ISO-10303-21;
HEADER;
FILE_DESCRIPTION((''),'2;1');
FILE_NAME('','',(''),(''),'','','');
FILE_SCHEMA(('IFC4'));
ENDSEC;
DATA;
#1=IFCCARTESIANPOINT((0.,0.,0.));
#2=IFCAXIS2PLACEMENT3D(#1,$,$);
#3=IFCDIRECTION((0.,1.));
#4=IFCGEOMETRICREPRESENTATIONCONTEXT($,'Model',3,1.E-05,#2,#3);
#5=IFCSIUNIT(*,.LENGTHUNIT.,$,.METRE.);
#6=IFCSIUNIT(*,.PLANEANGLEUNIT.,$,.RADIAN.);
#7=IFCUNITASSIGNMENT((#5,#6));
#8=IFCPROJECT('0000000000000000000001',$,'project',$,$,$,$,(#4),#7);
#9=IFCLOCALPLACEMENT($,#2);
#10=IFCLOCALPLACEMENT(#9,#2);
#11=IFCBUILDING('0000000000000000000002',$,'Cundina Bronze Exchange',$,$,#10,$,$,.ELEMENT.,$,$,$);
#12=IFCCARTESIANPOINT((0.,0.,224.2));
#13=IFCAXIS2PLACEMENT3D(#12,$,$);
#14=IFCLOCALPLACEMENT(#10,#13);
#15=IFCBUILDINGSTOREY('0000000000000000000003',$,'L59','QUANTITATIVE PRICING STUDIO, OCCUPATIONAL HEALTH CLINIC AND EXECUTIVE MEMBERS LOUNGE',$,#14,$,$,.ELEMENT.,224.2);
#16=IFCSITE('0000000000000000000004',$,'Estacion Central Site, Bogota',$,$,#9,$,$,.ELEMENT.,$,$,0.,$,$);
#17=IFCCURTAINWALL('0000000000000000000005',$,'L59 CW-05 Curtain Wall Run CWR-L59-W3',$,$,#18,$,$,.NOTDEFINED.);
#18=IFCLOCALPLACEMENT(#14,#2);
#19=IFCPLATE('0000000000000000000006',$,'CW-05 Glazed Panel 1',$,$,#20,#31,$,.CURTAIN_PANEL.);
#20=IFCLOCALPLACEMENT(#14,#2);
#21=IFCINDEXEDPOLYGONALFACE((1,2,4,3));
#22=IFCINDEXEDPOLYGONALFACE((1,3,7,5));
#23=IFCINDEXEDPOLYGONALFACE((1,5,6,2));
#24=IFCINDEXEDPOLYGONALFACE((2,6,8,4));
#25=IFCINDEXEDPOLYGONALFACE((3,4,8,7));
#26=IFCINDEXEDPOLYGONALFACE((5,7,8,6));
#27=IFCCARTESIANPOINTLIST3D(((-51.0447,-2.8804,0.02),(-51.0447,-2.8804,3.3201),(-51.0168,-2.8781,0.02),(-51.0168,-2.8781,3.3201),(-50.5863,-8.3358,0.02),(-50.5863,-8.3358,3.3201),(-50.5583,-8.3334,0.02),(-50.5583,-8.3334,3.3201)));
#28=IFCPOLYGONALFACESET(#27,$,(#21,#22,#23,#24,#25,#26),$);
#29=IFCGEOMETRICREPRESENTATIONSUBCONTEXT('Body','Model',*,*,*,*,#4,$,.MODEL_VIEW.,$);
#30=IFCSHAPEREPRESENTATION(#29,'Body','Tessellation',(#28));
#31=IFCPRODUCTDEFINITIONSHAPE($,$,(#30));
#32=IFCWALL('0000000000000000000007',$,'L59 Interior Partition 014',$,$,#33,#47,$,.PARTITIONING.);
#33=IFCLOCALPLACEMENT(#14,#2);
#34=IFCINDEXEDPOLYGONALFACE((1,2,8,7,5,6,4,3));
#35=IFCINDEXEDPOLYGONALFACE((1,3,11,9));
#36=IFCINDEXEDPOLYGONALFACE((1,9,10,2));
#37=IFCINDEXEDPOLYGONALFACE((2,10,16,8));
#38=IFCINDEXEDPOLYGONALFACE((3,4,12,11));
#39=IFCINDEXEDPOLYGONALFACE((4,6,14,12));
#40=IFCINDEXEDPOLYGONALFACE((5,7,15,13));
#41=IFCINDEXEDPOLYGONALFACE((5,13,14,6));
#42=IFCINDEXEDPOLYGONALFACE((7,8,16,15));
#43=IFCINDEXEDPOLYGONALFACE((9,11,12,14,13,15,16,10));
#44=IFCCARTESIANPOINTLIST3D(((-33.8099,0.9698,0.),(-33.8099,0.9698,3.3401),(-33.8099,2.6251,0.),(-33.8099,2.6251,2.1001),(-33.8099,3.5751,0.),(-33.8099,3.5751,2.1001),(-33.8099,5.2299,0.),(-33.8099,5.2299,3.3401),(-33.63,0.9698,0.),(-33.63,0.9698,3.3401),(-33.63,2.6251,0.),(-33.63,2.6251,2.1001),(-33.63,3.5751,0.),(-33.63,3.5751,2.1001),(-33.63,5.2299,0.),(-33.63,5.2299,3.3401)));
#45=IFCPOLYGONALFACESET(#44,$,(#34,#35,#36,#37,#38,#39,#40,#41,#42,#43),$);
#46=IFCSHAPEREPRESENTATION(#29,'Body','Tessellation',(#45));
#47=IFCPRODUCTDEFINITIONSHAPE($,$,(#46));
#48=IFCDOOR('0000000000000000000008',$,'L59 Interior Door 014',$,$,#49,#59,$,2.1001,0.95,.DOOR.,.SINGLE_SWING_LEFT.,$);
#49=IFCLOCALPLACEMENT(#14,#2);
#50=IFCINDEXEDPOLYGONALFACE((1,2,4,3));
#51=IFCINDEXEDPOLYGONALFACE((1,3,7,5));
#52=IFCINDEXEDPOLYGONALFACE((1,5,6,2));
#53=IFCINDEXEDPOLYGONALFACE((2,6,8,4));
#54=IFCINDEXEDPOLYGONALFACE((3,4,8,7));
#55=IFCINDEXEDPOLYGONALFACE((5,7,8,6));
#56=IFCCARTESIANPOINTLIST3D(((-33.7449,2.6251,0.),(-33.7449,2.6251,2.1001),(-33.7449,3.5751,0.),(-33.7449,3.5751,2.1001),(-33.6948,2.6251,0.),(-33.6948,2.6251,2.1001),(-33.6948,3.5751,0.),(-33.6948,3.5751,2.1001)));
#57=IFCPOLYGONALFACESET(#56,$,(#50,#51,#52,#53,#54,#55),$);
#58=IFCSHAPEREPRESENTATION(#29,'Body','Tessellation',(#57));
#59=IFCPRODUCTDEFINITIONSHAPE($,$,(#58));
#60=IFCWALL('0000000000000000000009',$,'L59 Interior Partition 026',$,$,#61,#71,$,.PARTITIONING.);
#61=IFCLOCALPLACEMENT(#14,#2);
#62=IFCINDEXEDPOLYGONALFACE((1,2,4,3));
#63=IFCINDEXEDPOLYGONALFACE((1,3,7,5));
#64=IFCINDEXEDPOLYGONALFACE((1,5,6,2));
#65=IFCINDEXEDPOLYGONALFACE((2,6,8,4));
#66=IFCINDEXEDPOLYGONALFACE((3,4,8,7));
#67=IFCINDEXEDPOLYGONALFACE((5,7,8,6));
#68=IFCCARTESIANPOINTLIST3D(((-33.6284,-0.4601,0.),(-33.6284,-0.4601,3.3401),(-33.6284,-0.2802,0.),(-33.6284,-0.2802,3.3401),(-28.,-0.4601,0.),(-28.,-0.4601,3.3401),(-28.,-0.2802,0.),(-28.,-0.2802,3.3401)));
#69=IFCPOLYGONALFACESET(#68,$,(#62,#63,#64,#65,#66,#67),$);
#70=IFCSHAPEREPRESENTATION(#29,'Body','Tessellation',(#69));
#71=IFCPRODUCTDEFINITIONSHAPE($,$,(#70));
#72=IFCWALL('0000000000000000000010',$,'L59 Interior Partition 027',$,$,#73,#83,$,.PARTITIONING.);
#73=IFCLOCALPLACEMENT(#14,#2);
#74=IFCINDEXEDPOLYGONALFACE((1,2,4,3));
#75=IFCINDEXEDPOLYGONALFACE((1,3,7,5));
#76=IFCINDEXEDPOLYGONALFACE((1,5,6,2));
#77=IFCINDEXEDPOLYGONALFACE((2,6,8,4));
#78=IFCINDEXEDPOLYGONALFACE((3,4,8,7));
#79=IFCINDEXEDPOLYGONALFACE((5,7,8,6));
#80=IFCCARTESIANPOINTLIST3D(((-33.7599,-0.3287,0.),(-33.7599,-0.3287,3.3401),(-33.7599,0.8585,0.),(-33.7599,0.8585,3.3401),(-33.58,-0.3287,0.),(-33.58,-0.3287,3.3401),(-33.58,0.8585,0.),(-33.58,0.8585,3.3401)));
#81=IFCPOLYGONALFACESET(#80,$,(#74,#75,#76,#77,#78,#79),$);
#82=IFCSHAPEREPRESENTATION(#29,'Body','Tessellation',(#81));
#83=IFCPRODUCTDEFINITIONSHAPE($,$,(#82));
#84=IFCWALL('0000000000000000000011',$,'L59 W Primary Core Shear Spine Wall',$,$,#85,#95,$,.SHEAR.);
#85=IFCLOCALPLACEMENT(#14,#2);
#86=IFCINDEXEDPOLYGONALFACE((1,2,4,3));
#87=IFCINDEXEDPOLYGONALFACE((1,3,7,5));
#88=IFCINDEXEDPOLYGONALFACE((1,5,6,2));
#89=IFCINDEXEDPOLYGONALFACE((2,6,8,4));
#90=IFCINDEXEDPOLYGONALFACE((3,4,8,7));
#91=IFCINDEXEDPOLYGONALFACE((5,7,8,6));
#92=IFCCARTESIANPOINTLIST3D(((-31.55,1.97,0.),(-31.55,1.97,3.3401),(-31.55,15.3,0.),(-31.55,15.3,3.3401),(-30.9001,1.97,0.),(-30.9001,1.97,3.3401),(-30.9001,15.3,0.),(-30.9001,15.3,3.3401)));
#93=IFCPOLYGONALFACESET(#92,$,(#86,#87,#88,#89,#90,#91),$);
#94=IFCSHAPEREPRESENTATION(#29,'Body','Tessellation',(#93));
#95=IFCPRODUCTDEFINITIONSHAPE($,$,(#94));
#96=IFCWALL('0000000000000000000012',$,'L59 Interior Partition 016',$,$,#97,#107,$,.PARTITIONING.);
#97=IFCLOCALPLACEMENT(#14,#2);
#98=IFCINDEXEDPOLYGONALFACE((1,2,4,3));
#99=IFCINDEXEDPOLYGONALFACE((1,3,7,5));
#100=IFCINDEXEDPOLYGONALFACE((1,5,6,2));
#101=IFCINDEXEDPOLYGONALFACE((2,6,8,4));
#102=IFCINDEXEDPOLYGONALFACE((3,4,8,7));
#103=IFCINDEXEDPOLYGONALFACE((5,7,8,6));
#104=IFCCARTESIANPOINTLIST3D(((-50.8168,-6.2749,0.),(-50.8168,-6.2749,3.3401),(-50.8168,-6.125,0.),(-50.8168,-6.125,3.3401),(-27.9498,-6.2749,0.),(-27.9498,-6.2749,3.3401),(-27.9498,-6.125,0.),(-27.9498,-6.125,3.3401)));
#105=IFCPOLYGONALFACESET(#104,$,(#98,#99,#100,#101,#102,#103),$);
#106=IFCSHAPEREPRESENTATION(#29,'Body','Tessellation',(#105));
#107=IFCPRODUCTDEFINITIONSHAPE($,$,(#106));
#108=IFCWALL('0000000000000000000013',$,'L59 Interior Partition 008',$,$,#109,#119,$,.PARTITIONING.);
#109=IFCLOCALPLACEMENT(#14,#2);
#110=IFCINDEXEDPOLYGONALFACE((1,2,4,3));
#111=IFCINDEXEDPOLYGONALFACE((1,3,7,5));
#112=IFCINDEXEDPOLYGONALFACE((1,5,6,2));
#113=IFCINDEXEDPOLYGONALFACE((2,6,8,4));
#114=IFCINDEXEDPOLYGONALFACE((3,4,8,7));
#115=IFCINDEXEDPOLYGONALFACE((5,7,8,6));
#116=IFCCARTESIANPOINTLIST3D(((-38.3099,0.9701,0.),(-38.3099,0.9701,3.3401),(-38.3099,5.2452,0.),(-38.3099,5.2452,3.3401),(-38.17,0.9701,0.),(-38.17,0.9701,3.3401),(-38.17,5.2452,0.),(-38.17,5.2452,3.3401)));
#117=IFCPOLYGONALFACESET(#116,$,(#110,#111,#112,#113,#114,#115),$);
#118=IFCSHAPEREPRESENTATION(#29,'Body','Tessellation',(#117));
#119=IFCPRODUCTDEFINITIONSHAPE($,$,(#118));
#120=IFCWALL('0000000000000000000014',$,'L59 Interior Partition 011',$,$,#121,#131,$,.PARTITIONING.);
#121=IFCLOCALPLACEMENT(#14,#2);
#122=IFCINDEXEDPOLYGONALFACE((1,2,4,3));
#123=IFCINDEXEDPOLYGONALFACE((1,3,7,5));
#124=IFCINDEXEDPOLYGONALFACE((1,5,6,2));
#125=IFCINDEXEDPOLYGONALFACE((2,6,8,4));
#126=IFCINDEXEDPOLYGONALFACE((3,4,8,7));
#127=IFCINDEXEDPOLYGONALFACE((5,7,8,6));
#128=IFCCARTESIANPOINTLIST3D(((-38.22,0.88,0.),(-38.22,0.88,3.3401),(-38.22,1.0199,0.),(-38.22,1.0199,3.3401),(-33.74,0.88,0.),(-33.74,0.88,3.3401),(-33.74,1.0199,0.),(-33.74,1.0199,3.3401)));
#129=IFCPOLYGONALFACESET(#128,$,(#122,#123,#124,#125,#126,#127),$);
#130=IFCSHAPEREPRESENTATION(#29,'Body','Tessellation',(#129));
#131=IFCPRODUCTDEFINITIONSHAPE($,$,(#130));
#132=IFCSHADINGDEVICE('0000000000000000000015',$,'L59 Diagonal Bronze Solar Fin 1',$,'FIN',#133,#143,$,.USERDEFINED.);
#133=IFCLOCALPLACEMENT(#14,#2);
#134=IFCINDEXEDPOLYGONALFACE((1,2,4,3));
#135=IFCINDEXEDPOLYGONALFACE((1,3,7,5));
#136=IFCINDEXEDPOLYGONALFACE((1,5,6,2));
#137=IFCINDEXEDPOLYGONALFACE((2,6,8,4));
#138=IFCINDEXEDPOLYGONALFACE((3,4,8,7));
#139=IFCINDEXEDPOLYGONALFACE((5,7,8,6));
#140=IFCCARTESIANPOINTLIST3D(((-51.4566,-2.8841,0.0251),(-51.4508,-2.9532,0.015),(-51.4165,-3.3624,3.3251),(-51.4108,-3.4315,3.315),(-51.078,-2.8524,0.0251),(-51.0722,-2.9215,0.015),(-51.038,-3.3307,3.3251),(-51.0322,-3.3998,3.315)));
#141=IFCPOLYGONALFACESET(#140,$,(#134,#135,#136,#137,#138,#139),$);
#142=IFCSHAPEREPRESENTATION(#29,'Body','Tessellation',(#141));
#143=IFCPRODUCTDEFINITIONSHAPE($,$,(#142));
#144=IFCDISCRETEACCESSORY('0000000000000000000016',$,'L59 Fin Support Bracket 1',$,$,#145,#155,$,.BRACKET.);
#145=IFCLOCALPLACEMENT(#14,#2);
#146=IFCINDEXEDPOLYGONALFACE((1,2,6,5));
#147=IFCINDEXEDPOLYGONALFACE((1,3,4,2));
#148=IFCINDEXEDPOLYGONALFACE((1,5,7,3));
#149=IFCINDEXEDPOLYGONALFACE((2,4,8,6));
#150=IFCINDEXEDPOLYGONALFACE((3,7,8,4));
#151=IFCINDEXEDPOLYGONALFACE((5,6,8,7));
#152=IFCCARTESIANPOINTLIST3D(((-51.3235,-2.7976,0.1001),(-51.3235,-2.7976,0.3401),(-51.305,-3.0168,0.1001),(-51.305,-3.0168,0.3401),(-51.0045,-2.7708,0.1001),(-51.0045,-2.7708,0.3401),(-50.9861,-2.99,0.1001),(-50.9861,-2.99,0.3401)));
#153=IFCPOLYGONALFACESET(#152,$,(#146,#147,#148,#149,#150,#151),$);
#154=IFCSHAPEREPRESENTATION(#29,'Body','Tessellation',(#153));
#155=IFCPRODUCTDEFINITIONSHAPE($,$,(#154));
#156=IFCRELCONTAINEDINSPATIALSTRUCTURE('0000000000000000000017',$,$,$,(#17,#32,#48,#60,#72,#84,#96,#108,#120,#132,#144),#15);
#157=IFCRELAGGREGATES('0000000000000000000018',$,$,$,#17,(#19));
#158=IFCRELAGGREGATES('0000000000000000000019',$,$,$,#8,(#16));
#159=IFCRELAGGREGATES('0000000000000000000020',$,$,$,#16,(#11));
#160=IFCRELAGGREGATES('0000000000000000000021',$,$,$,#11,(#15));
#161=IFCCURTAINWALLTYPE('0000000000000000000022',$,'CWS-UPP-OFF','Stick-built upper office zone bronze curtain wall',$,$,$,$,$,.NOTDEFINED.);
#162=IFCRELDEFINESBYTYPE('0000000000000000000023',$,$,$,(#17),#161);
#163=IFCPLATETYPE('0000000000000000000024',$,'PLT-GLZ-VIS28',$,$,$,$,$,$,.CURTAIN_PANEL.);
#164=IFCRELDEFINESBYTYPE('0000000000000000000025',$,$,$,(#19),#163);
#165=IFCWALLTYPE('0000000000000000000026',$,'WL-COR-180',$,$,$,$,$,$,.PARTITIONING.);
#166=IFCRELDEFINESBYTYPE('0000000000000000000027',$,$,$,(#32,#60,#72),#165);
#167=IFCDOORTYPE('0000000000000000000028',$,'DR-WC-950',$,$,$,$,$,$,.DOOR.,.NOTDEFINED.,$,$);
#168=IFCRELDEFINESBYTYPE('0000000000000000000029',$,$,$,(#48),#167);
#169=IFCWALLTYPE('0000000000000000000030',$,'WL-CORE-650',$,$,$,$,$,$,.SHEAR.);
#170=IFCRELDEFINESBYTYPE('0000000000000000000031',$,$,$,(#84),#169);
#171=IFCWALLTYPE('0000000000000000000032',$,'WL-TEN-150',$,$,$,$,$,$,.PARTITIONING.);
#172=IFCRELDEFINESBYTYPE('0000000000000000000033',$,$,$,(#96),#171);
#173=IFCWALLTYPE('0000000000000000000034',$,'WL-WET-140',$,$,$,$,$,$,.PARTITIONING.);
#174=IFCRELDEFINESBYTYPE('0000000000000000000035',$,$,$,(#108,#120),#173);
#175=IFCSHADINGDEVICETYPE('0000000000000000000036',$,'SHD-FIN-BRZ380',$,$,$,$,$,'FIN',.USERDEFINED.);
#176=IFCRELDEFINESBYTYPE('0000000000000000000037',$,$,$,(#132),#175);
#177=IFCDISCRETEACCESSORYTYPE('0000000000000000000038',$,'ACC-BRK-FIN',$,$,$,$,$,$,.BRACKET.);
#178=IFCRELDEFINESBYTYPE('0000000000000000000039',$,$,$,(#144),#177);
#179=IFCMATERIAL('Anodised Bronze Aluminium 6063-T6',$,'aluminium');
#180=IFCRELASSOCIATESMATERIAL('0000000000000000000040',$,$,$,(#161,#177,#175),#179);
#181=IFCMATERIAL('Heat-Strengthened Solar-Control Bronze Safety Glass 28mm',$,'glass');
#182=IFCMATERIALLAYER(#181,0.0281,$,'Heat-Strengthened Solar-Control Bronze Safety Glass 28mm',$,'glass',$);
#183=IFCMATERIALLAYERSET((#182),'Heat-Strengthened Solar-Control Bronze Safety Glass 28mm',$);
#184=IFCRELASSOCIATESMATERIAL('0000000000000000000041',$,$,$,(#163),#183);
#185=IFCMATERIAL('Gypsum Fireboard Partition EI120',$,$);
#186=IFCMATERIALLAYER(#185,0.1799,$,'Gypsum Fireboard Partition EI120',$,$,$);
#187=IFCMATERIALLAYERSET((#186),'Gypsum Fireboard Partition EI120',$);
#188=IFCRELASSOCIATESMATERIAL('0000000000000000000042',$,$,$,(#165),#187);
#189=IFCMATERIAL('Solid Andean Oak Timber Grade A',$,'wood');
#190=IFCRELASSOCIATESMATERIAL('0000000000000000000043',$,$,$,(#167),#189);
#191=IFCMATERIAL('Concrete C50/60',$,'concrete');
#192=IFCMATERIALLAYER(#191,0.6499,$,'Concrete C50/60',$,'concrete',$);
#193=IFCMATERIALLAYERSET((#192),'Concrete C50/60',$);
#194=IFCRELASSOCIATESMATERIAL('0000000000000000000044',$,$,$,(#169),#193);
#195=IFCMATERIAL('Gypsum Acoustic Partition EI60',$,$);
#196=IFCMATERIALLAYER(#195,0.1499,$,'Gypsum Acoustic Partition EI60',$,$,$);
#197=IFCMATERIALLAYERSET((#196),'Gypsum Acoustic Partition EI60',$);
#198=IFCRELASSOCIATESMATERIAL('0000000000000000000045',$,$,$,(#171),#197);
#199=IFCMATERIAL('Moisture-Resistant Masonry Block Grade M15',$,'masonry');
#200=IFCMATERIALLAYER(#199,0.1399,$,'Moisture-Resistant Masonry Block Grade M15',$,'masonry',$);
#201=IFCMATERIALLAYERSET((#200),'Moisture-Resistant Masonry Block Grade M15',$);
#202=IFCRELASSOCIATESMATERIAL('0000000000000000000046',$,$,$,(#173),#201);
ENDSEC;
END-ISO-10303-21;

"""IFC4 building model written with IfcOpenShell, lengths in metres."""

from ifc_helpers import new_model, si_unit, direction, frame, frame_2d, origin, origin_2d, place, context, subcontext, project, spatial, rectangle, extrude, material, layer, layer_set, material_profile, profile_set, type_object, element, fill, aggregate, save


model = new_model("IFC4")

# Units and contexts
model_context = context("Model", 3, precision=1e-05, world=origin(), true_north=direction((0.0, 1.0)))
body_context = subcontext(model_context, "Body", "Model", "MODEL_VIEW")
ifc_project = project(units=[si_unit("LENGTHUNIT", "METRE"), si_unit("PLANEANGLEUNIT", "RADIAN")], contexts=[model_context])

# Site, building, storey
site_placement = place(None, origin())
site = spatial("IfcSite", under=ifc_project, at=site_placement, Name="Estacion Central Site, Bogota", CompositionType="ELEMENT", RefElevation=0.0)
building_placement = place(site_placement, origin())
building = spatial("IfcBuilding", under=site, at=building_placement, Name="Cundina Bronze Exchange", CompositionType="ELEMENT")
storey_placement = place(building_placement, frame((0.0, 0.0, 224.2)))
storey = spatial("IfcBuildingStorey", under=building, at=storey_placement, Name="L59", Description="QUANTITATIVE PRICING STUDIO, OCCUPATIONAL HEALTH CLINIC AND EXECUTIVE MEMBERS LOUNGE", CompositionType="ELEMENT", Elevation=224.2)

# Shared definitions
ifc_material_1 = material(Name="Concrete C50/60", Category="concrete")

# Curtain wall
ifc_material_2 = material(Name="Anodised Bronze Aluminium 6063-T6", Category="aluminium")
curtain_wall_type = type_object("IfcCurtainWallType", Name="CWS-UPP-OFF", Description="Stick-built upper office zone bronze curtain wall", PredefinedType="NOTDEFINED", material=ifc_material_2)
curtain_wall_1_placement = place(storey_placement, origin())
curtain_wall_1 = element("IfcCurtainWall", 1, at=curtain_wall_1_placement, inside=storey, type_object=curtain_wall_type, Name="L59 CW-05 Curtain Wall Run CWR-L59-W3", PredefinedType="NOTDEFINED")

# Plate
ifc_material_3 = material(Name="Heat-Strengthened Solar-Control Bronze Safety Glass 28mm", Category="glass")
ifc_layer_1 = layer(ifc_material_3, 0.0281, Name="Heat-Strengthened Solar-Control Bronze Safety Glass 28mm", Category="glass")
ifc_layer_set_1 = layer_set([ifc_layer_1], Name="Heat-Strengthened Solar-Control Bronze Safety Glass 28mm")
plate_type = type_object("IfcPlateType", Name="PLT-GLZ-VIS28", PredefinedType="CURTAIN_PANEL", material=ifc_layer_set_1)
plate_1_placement = place(storey_placement, frame((-50.8015, -5.6069, 0.02), z_axis=(0.0, 0.0, 1.0), x_axis=(0.083747, -0.996487, 0.0)))
plate_1 = element("IfcPlate", 2, at=plate_1_placement, type_object=plate_type, Name="CW-05 Glazed Panel 1", PredefinedType="CURTAIN_PANEL", context=body_context, shape_type="SweptSolid", body=[
    extrude(rectangle(XDim=5.4746, YDim=0.0281, at=origin_2d()), origin(), (0.0, 0.0, 1.0), 3.3),
])
aggregate(curtain_wall_1, [plate_1])

# Wall, opening, door
ifc_material_4 = material(Name="Gypsum Fireboard Partition EI120")
ifc_layer_2 = layer(ifc_material_4, 0.1799, Name="Gypsum Fireboard Partition EI120")
ifc_layer_set_2 = layer_set([ifc_layer_2], Name="Gypsum Fireboard Partition EI120")
wall_type_1 = type_object("IfcWallType", Name="WL-COR-180", PredefinedType="PARTITIONING", material=ifc_layer_set_2)
wall_1_placement = place(storey_placement, frame((-33.72, 0.97, 0.0), z_axis=(0.0, 0.0, 1.0), x_axis=(0.0, 1.0, 0.0)))
wall_1 = element("IfcWall", 3, at=wall_1_placement, inside=storey, type_object=wall_type_1, Name="L59 Interior Partition 014", PredefinedType="PARTITIONING", context=body_context, shape_type="SweptSolid", body=[
    extrude(rectangle(XDim=4.26, YDim=0.1799, at=frame_2d((2.1299, 0.0))), origin(), (0.0, 0.0, 1.0), 3.3401),
])
opening_1_placement = place(wall_1_placement, frame((1.655, 0.0, 0.0)))
opening_1 = element("IfcOpeningElement", 4, at=opening_1_placement, cuts=wall_1, PredefinedType="OPENING", context=body_context, shape_type="SweptSolid", body=[
    extrude(rectangle(XDim=0.95, YDim=2.1001, at=frame_2d((0.4751, 1.05))), frame((0.0, 0.0999, 0.0), z_axis=(0.0, -1.0, 0.0), x_axis=(1.0, 0.0, 0.0)), (0.0, 0.0, 1.0), 0.2),
])
ifc_material_5 = material(Name="Solid Andean Oak Timber Grade A", Category="wood")
door_type_1 = type_object("IfcDoorType", Name="DR-WC-950", OperationType="NOTDEFINED", PredefinedType="DOOR", material=ifc_material_5)
door_1_placement = place(opening_1_placement, origin())
door_1 = element("IfcDoor", 5, at=door_1_placement, inside=storey, type_object=door_type_1, Name="L59 Interior Door 014", OperationType="SINGLE_SWING_LEFT", OverallHeight=2.1001, OverallWidth=0.95, PredefinedType="DOOR", context=body_context, shape_type="SweptSolid", body=[
    extrude(rectangle(XDim=0.95, YDim=2.1001, at=frame_2d((0.4751, 1.05))), frame((0.0, 0.0249, 0.0), z_axis=(0.0, -1.0, 0.0), x_axis=(1.0, 0.0, 0.0)), (0.0, 0.0, 1.0), 0.05),
])
fill(opening_1, door_1)

# Walls
wall_2_placement = place(storey_placement, frame((-33.6284, -0.3701, 0.0), z_axis=(0.0, 0.0, 1.0), x_axis=(1.0, 0.0, 0.0)))
element("IfcWall", 6, at=wall_2_placement, inside=storey, type_object=wall_type_1, Name="L59 Interior Partition 026", PredefinedType="PARTITIONING", context=body_context, shape_type="SweptSolid", body=[
    extrude(rectangle(XDim=5.6284, YDim=0.1799, at=frame_2d((2.8142, 0.0))), origin(), (0.0, 0.0, 1.0), 3.3401),
])
wall_3_placement = place(storey_placement, frame((-33.6699, 0.8586, 0.0), z_axis=(0.0, 0.0, 1.0), x_axis=(0.0, -1.0, 0.0)))
element("IfcWall", 7, at=wall_3_placement, inside=storey, type_object=wall_type_1, Name="L59 Interior Partition 027", PredefinedType="PARTITIONING", context=body_context, shape_type="SweptSolid", body=[
    extrude(rectangle(XDim=1.1873, YDim=0.1799, at=frame_2d((0.5938, 0.0))), origin(), (0.0, 0.0, 1.0), 3.3401),
])
ifc_layer_3 = layer(ifc_material_1, 0.6499, Name="Concrete C50/60", Category="concrete")
ifc_layer_set_3 = layer_set([ifc_layer_3], Name="Concrete C50/60")
wall_type_2 = type_object("IfcWallType", Name="WL-CORE-650", PredefinedType="SHEAR", material=ifc_layer_set_3)
wall_4_placement = place(storey_placement, frame((-31.2251, 1.97, 0.0), z_axis=(0.0, 0.0, 1.0), x_axis=(0.0, 1.0, 0.0)))
element("IfcWall", 8, at=wall_4_placement, inside=storey, type_object=wall_type_2, Name="L59 W Primary Core Shear Spine Wall", PredefinedType="SHEAR", context=body_context, shape_type="SweptSolid", body=[
    extrude(rectangle(XDim=13.3301, YDim=0.6499, at=frame_2d((6.665, 0.0))), origin(), (0.0, 0.0, 1.0), 3.3401),
])
ifc_material_6 = material(Name="Gypsum Acoustic Partition EI60")
ifc_layer_4 = layer(ifc_material_6, 0.1499, Name="Gypsum Acoustic Partition EI60")
ifc_layer_set_4 = layer_set([ifc_layer_4], Name="Gypsum Acoustic Partition EI60")
wall_type_3 = type_object("IfcWallType", Name="WL-TEN-150", PredefinedType="PARTITIONING", material=ifc_layer_set_4)
wall_5_placement = place(storey_placement, frame((-50.8169, -6.2, 0.0), z_axis=(0.0, 0.0, 1.0), x_axis=(1.0, 0.0, 0.0)))
element("IfcWall", 9, at=wall_5_placement, inside=storey, type_object=wall_type_3, Name="L59 Interior Partition 016", PredefinedType="PARTITIONING", context=body_context, shape_type="SweptSolid", body=[
    extrude(rectangle(XDim=22.8669, YDim=0.1499, at=frame_2d((11.4336, 0.0))), origin(), (0.0, 0.0, 1.0), 3.3401),
])
ifc_material_7 = material(Name="Moisture-Resistant Masonry Block Grade M15", Category="masonry")
ifc_layer_5 = layer(ifc_material_7, 0.1399, Name="Moisture-Resistant Masonry Block Grade M15", Category="masonry")
ifc_layer_set_5 = layer_set([ifc_layer_5], Name="Moisture-Resistant Masonry Block Grade M15")
wall_type_4 = type_object("IfcWallType", Name="WL-WET-140", PredefinedType="PARTITIONING", material=ifc_layer_set_5)
wall_6_placement = place(storey_placement, frame((-38.24, 0.97, 0.0), z_axis=(0.0, 0.0, 1.0), x_axis=(0.0, 1.0, 0.0)))
element("IfcWall", 10, at=wall_6_placement, inside=storey, type_object=wall_type_4, Name="L59 Interior Partition 008", PredefinedType="PARTITIONING", context=body_context, shape_type="SweptSolid", body=[
    extrude(rectangle(XDim=4.2751, YDim=0.1399, at=frame_2d((2.1377, 0.0))), origin(), (0.0, 0.0, 1.0), 3.3401),
])
wall_7_placement = place(storey_placement, frame((-38.22, 0.95, 0.0), z_axis=(0.0, 0.0, 1.0), x_axis=(1.0, 0.0, 0.0)))
element("IfcWall", 11, at=wall_7_placement, inside=storey, type_object=wall_type_4, Name="L59 Interior Partition 011", PredefinedType="PARTITIONING", context=body_context, shape_type="SweptSolid", body=[
    extrude(rectangle(XDim=4.48, YDim=0.1399, at=frame_2d((2.24, 0.0))), origin(), (0.0, 0.0, 1.0), 3.3401),
])

# Shading device
ifc_material_profile_1 = material_profile(ifc_material_2, rectangle(XDim=0.0701, YDim=0.3799, at=origin_2d()), Name="FIN70X380", Category="aluminium")
ifc_profile_set_1 = profile_set([ifc_material_profile_1], Name="Anodised Bronze Aluminium 6063-T6")
shading_device_type = type_object("IfcShadingDeviceType", Name="SHD-FIN-BRZ380", ElementType="FIN", PredefinedType="USERDEFINED", material=ifc_profile_set_1)
shading_device_placement = place(storey_placement, frame((-51.2644, -2.9028, 0.02), z_axis=(0.012007, -0.14342, 0.989589), x_axis=(-0.082556, 0.98614, 0.143921)))
element("IfcShadingDevice", 12, at=shading_device_placement, inside=storey, type_object=shading_device_type, Name="L59 Diagonal Bronze Solar Fin 1", ObjectType="FIN", PredefinedType="USERDEFINED", context=body_context, shape_type="SweptSolid", body=[
    extrude(rectangle(XDim=0.0701, YDim=0.3799, at=origin_2d()), origin(), (0.0, 0.0, 1.0), 3.3347),
])

# Discrete accessory
discrete_accessory_type = type_object("IfcDiscreteAccessoryType", Name="ACC-BRK-FIN", PredefinedType="BRACKET", material=ifc_material_2)
discrete_accessory_placement = place(storey_placement, frame((-51.1548, -2.8938, 0.1001), z_axis=(0.0, 0.0, 1.0), x_axis=(0.083747, -0.996487, 0.0)))
element("IfcDiscreteAccessory", 13, at=discrete_accessory_placement, inside=storey, type_object=discrete_accessory_type, Name="L59 Fin Support Bracket 1", PredefinedType="BRACKET", context=body_context, shape_type="SweptSolid", body=[
    extrude(rectangle(XDim=0.22, YDim=0.3201, at=origin_2d()), origin(), (0.0, 0.0, 1.0), 0.24),
])

save(model, "model.ifc")
